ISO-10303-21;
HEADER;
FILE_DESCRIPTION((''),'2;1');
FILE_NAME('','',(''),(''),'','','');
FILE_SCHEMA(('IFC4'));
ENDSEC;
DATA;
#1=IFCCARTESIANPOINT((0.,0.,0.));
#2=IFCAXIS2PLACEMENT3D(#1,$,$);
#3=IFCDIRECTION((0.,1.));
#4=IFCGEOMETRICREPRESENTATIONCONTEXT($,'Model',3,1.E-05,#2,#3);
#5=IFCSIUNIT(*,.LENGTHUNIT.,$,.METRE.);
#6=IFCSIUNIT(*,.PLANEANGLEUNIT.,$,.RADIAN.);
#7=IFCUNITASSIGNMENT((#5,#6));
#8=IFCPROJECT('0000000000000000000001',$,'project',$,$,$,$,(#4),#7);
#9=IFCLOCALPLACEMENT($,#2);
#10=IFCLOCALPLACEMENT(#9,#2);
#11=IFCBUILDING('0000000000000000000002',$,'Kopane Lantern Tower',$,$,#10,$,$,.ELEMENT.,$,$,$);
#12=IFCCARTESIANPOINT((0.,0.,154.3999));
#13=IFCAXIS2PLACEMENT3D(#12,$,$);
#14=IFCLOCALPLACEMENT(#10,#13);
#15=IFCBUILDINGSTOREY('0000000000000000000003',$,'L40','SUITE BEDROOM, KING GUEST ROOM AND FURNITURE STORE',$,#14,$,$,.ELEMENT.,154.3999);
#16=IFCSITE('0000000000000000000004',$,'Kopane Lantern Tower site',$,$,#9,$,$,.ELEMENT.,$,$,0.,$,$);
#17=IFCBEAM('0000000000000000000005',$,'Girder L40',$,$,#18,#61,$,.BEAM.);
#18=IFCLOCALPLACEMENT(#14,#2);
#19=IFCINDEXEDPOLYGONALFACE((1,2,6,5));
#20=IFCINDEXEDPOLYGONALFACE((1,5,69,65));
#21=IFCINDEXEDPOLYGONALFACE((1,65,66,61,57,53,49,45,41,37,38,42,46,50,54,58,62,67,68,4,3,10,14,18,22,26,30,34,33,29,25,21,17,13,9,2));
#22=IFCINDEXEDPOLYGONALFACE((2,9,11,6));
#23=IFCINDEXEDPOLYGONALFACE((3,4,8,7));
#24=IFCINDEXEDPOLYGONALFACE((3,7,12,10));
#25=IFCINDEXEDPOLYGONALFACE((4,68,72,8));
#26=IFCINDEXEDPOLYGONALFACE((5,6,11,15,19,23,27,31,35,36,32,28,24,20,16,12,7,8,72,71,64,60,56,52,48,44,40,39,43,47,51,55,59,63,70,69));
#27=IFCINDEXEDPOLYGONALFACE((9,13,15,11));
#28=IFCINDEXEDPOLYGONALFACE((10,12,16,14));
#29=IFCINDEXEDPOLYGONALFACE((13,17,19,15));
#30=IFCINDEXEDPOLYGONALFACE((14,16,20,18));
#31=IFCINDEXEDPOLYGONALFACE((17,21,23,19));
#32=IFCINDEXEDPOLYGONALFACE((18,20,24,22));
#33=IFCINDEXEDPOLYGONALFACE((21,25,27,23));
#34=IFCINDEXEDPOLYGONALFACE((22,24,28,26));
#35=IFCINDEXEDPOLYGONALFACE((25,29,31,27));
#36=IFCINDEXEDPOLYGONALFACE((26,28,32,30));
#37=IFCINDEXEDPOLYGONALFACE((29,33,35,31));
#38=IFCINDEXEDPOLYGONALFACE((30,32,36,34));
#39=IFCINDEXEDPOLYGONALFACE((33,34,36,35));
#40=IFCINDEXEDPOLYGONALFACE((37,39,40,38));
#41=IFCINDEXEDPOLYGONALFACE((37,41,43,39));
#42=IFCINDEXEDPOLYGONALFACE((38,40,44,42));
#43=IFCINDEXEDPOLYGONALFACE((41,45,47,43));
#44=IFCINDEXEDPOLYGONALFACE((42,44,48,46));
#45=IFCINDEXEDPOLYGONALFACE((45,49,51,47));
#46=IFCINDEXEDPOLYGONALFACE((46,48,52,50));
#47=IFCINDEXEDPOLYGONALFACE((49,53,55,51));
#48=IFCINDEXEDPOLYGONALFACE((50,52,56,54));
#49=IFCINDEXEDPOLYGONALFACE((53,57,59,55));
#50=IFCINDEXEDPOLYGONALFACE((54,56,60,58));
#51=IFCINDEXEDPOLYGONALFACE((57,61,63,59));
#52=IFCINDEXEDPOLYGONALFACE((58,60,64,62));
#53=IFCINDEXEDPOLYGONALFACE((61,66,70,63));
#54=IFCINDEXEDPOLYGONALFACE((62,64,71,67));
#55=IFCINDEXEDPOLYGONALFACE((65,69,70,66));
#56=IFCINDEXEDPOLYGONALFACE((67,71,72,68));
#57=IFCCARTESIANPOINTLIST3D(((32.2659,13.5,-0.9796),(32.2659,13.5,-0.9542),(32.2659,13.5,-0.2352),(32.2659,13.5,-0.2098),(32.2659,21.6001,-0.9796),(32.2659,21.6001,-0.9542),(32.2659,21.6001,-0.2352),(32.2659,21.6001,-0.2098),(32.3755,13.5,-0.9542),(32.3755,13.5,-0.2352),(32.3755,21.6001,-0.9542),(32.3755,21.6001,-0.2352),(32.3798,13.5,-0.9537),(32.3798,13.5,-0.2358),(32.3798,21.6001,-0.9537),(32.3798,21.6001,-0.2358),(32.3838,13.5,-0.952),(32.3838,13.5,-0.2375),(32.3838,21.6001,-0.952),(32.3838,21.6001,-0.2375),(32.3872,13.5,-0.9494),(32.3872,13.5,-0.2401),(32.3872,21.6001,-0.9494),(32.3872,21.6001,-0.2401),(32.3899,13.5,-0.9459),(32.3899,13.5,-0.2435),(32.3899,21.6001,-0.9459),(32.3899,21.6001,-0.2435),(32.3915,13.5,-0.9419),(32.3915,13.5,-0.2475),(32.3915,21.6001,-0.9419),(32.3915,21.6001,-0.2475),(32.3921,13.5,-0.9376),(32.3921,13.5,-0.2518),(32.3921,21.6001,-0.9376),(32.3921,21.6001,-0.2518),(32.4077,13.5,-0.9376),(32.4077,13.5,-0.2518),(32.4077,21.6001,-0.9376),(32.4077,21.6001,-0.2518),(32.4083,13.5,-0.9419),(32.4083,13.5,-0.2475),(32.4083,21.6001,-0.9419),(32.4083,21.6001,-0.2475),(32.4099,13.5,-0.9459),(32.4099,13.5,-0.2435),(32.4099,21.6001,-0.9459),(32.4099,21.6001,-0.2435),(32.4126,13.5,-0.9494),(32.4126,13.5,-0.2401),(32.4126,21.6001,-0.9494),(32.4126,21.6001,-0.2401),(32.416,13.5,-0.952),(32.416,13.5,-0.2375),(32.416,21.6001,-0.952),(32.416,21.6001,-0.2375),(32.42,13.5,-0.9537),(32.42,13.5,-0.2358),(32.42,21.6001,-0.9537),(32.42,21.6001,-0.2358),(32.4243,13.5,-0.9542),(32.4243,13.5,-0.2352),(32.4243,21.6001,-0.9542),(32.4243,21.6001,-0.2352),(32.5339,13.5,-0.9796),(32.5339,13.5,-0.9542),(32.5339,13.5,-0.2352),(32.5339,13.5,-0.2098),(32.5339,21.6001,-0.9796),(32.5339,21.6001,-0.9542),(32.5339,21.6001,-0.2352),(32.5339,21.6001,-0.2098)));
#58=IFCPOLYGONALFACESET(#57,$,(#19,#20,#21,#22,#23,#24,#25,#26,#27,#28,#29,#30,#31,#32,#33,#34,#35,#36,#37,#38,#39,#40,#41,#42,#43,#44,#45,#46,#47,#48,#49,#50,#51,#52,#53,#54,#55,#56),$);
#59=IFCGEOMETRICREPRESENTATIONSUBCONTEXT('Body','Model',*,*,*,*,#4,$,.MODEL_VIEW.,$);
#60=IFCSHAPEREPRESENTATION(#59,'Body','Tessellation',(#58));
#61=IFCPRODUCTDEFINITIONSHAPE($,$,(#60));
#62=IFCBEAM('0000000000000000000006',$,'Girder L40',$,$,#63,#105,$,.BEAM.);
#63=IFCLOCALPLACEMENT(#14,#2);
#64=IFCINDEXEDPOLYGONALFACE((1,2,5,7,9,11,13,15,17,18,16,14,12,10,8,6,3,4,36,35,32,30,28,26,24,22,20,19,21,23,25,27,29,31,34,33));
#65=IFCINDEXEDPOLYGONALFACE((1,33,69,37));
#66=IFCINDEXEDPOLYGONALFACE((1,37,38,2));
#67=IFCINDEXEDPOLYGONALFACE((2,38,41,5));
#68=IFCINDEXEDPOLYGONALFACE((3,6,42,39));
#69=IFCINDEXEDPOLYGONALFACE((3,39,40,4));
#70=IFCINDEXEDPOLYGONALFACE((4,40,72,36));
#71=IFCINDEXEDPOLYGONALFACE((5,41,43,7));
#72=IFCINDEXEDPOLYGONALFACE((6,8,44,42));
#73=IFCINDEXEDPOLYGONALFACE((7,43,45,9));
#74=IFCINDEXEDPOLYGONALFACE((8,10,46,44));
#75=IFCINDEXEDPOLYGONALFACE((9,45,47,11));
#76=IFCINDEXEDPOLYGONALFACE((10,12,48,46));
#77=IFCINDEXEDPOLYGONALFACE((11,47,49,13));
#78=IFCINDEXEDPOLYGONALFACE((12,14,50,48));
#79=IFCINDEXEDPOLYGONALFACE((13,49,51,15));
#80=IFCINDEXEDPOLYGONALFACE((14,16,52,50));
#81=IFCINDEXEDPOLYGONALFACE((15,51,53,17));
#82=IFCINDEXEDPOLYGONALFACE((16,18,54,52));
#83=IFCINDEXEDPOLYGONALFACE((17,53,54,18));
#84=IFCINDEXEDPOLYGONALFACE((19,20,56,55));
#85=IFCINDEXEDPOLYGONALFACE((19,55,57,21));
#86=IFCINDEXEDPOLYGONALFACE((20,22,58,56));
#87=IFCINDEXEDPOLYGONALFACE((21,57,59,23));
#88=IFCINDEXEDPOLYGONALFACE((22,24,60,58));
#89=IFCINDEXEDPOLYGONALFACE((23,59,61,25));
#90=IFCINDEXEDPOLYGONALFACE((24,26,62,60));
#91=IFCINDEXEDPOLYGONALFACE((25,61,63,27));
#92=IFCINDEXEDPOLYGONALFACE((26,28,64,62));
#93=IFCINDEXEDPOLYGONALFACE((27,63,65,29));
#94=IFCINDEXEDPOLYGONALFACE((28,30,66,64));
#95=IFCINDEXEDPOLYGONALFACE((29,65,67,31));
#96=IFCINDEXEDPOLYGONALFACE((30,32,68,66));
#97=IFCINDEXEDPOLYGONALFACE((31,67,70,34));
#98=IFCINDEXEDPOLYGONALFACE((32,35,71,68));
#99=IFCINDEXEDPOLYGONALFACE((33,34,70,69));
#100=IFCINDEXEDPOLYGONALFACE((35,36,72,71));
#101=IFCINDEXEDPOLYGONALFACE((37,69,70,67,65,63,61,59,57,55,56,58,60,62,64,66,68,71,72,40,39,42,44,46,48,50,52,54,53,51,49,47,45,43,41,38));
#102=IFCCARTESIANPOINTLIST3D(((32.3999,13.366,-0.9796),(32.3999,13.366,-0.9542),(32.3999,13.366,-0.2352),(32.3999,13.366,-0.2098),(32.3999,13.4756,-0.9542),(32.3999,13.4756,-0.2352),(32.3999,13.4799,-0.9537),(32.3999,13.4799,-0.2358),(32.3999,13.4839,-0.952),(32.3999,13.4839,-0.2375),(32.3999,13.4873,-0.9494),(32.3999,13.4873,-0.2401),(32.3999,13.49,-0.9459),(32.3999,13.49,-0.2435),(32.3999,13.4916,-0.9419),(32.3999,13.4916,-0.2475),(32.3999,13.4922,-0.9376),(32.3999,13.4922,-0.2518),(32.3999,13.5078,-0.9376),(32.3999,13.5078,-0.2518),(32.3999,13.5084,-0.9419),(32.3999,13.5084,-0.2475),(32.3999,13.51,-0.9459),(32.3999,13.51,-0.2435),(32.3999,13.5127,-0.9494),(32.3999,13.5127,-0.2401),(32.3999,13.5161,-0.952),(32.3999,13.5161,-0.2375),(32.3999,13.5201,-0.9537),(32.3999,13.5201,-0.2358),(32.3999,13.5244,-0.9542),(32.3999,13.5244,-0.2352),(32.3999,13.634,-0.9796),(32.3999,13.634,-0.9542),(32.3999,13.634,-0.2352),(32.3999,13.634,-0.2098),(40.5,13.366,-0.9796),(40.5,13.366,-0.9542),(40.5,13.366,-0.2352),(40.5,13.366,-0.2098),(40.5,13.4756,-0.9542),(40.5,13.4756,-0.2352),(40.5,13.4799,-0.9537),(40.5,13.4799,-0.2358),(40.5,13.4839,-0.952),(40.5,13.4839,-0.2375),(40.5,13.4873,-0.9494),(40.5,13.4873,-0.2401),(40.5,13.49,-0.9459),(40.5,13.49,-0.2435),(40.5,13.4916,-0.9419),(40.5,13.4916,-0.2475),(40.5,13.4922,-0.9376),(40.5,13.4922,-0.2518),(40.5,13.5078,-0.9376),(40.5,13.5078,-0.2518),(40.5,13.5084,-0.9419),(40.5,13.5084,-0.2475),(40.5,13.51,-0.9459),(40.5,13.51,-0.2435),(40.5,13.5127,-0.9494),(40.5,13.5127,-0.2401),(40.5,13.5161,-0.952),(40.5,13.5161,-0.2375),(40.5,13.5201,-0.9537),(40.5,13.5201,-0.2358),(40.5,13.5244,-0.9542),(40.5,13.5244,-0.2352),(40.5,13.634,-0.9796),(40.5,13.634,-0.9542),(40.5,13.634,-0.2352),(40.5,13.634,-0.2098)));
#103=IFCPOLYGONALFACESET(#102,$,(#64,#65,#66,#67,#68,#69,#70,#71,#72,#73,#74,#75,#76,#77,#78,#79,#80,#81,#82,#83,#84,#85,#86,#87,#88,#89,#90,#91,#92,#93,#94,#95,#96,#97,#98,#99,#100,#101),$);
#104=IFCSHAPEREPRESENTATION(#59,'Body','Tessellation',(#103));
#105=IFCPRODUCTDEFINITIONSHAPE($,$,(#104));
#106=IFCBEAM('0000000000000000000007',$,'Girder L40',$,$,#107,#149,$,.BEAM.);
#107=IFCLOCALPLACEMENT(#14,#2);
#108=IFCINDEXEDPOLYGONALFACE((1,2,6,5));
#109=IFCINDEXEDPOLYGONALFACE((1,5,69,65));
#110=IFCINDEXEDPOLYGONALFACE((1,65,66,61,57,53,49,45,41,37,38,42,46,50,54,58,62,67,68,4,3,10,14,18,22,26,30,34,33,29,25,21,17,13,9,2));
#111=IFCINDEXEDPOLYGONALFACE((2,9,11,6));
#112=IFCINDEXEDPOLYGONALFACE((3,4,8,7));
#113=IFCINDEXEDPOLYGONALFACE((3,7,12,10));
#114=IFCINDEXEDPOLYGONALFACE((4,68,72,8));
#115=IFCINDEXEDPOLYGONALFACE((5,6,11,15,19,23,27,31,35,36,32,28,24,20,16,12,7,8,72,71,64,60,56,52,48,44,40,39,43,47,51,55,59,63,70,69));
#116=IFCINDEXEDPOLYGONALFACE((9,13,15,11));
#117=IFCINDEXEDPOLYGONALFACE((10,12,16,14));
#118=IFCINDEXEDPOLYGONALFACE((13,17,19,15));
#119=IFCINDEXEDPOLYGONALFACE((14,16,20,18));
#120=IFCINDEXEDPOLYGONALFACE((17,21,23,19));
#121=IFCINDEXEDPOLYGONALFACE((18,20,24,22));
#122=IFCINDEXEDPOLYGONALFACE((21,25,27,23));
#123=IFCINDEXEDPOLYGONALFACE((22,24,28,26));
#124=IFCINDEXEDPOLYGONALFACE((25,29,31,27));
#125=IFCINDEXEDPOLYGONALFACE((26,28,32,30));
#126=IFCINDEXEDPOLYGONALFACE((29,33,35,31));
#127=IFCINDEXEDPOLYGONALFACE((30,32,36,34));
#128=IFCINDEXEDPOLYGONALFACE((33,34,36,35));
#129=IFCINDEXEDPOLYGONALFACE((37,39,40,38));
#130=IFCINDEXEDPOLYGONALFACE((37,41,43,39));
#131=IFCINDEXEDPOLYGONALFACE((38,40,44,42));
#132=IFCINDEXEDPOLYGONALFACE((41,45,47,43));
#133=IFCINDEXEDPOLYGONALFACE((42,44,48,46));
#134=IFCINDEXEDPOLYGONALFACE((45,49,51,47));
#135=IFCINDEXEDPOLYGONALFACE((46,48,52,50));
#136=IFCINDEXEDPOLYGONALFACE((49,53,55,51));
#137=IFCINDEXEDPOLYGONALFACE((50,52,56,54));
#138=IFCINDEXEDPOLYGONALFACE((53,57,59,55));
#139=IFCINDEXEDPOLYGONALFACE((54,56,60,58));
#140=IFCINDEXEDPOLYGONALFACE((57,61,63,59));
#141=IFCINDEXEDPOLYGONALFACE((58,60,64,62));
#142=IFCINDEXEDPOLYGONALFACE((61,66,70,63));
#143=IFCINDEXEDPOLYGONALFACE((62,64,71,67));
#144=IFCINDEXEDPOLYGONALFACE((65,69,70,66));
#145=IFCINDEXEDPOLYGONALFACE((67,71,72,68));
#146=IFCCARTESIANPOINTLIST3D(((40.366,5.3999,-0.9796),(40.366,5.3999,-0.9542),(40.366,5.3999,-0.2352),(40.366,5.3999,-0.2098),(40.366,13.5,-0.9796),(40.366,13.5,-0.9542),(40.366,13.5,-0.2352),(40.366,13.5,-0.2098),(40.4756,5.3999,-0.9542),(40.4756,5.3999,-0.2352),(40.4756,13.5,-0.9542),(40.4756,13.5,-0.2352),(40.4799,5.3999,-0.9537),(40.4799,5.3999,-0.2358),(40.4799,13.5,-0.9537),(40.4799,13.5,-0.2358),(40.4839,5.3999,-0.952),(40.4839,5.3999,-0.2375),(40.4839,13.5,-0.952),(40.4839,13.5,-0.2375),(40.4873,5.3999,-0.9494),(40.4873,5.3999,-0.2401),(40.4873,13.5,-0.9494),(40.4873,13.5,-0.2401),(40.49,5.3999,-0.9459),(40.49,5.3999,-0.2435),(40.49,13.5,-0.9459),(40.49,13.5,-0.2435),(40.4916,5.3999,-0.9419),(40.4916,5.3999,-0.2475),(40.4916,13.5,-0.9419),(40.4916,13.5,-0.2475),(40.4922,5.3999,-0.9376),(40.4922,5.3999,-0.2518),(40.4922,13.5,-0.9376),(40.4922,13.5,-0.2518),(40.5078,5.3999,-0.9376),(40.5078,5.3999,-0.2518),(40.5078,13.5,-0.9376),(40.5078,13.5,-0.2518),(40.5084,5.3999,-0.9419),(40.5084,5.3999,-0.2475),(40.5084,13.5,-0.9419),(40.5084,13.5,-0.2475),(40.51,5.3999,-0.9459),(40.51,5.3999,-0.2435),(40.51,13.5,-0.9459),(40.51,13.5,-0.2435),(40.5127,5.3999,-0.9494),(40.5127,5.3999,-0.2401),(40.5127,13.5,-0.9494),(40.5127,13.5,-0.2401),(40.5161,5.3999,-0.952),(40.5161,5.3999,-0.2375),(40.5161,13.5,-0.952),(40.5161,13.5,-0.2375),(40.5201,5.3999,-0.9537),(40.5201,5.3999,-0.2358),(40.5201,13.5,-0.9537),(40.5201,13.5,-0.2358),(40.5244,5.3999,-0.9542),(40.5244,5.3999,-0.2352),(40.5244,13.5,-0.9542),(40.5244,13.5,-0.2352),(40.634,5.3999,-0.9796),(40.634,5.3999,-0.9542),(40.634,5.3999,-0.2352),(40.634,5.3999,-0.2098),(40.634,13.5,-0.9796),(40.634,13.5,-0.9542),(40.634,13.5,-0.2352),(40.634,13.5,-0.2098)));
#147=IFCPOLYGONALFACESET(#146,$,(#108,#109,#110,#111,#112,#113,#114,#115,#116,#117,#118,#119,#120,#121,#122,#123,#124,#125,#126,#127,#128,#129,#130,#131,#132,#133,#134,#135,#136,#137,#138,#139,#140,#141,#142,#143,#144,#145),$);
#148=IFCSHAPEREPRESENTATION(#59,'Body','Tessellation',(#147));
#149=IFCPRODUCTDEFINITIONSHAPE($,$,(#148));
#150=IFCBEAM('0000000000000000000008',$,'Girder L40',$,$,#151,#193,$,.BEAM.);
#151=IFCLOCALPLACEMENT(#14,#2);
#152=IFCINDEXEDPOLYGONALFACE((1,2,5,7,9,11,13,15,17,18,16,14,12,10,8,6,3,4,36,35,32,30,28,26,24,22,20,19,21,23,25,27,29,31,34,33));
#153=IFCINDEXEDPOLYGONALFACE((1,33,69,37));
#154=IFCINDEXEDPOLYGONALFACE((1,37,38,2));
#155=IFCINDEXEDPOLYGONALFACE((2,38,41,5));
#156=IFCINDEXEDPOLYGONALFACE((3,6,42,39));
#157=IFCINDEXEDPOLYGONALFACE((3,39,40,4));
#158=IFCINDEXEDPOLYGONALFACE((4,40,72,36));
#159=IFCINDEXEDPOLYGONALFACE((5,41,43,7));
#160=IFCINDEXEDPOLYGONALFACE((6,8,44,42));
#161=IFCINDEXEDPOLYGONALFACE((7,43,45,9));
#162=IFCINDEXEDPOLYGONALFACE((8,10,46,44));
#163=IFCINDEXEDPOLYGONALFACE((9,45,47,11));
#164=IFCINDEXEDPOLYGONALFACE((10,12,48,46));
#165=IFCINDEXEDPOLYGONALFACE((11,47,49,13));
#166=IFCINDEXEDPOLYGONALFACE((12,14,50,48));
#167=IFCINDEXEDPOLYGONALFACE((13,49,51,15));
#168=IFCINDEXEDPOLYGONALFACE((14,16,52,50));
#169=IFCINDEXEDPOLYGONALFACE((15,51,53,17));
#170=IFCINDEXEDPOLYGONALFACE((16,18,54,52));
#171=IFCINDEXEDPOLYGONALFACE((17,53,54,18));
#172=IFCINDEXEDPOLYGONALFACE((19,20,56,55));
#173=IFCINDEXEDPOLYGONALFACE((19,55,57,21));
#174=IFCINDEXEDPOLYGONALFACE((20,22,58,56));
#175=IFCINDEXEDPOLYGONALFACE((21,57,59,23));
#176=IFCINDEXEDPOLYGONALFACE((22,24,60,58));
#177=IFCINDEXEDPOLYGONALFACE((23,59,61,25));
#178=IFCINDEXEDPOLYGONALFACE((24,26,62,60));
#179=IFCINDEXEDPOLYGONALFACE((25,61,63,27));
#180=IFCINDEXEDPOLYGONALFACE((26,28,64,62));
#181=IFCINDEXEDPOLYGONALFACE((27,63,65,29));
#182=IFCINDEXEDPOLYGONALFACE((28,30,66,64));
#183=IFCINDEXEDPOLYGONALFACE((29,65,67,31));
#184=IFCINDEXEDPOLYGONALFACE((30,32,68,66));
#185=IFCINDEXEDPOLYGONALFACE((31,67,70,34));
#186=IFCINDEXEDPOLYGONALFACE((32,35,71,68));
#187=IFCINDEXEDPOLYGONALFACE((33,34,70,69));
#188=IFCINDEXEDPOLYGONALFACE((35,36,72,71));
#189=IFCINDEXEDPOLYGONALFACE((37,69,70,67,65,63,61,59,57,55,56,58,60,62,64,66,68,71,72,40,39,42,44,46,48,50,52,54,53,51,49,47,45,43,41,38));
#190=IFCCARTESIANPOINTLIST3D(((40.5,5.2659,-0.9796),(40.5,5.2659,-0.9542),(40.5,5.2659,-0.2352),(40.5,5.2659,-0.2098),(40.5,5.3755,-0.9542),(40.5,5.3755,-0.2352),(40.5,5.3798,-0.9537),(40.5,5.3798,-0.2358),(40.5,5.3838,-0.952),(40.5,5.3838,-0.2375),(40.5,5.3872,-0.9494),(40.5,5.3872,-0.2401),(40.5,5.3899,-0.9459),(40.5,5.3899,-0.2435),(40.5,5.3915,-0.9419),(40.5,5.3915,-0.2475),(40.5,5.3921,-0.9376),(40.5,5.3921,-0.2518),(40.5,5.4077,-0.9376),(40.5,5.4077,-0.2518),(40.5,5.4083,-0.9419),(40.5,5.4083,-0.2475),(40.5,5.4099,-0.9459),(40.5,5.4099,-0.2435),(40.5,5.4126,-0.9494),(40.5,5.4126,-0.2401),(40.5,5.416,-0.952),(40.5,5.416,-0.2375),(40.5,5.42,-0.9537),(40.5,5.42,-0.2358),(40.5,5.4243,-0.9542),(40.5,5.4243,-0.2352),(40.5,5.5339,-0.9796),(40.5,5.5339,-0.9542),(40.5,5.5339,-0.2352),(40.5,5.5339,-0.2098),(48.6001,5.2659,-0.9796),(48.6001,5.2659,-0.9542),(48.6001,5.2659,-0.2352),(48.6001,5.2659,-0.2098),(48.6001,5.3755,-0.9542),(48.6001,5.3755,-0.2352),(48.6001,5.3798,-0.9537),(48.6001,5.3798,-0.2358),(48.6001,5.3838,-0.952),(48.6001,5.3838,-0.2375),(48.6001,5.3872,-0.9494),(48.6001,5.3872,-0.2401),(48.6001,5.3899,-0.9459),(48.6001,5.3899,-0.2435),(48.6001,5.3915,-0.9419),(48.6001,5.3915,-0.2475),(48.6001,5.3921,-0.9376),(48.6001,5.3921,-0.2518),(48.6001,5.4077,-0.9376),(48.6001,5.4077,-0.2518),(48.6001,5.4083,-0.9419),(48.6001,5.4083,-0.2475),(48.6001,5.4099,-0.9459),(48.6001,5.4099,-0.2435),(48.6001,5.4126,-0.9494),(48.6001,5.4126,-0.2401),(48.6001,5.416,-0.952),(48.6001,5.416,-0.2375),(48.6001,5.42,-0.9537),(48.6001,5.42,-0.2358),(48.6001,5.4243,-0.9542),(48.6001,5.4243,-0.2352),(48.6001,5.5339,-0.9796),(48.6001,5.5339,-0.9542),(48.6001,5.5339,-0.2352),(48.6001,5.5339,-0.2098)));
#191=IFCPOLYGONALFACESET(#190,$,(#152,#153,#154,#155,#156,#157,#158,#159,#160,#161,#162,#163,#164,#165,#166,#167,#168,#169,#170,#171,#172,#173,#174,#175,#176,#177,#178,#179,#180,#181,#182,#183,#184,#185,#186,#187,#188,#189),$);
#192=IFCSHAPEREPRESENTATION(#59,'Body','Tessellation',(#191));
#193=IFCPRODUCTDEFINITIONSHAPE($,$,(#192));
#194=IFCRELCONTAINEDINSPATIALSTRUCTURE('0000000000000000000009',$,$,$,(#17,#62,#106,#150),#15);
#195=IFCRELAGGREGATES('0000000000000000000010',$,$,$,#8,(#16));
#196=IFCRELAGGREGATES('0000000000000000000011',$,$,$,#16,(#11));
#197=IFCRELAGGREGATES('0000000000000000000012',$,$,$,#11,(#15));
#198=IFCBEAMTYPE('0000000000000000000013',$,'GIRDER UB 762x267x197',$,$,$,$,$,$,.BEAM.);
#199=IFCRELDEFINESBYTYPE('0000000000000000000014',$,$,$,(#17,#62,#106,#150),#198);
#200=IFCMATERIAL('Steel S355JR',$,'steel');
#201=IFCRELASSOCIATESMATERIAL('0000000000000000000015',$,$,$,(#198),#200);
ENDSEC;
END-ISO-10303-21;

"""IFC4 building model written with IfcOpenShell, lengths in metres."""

from ifc_helpers import new_model, si_unit, direction, frame, origin, origin_2d, place, context, subcontext, project, spatial, i_section, extrude, material, material_profile, profile_set, type_object, element, save


model = new_model("IFC4")

# Units and contexts
model_context = context("Model", 3, precision=1e-05, world=origin(), true_north=direction((0.0, 1.0)))
body_context = subcontext(model_context, "Body", "Model", "MODEL_VIEW")
ifc_project = project(units=[si_unit("LENGTHUNIT", "METRE"), si_unit("PLANEANGLEUNIT", "RADIAN")], contexts=[model_context])

# Site, building, storey
site_placement = place(None, origin())
site = spatial("IfcSite", under=ifc_project, at=site_placement, Name="Kopane Lantern Tower site", CompositionType="ELEMENT", RefElevation=0.0)
building_placement = place(site_placement, origin())
building = spatial("IfcBuilding", under=site, at=building_placement, Name="Kopane Lantern Tower", CompositionType="ELEMENT")
storey_placement = place(building_placement, frame((0.0, 0.0, 154.3999)))
storey = spatial("IfcBuildingStorey", under=building, at=storey_placement, Name="L40", Description="SUITE BEDROOM, KING GUEST ROOM AND FURNITURE STORE", CompositionType="ELEMENT", Elevation=154.3999)

# Beams
ifc_material_1 = material(Name="Steel S355JR", Category="steel")
ifc_material_profile_1 = material_profile(ifc_material_1, i_section(OverallWidth=0.2681, OverallDepth=0.7698, WebThickness=0.0156, FlangeThickness=0.0254, FilletRadius=0.0166, at=origin_2d()), Name="UB 762x267x197")
ifc_profile_set_1 = profile_set([ifc_material_profile_1], Name="Steel S355JR")
beam_type = type_object("IfcBeamType", Name="GIRDER UB 762x267x197", PredefinedType="BEAM", material=ifc_profile_set_1)
for number, where, z_axis, x_axis, name in (
    (1, (32.3999, 13.5, -0.5947), (0.0, 1.0, 0.0), (-1.0, 0.0, 0.0), "Girder L40"),
    (2, (32.3999, 13.5, -0.5947), (1.0, 0.0, 0.0), (0.0, 1.0, 0.0), "Girder L40"),
    (3, (40.5, 5.3999, -0.5947), (0.0, 1.0, 0.0), (-1.0, 0.0, 0.0), "Girder L40"),
    (4, (40.5, 5.3999, -0.5947), (1.0, 0.0, 0.0), (0.0, 1.0, 0.0), "Girder L40"),
):
    element("IfcBeam", number, at=place(storey_placement, frame(where, z_axis=z_axis, x_axis=x_axis)), inside=storey, type_object=beam_type, Name=name, PredefinedType="BEAM", context=body_context, shape_type="SweptSolid", body=[
        extrude(i_section(OverallWidth=0.2681, OverallDepth=0.7698, WebThickness=0.0156, FlangeThickness=0.0254, FilletRadius=0.0166, at=origin_2d()), origin(), (0.0, 0.0, 1.0), 8.1001),
    ])

save(model, "model.ifc")
